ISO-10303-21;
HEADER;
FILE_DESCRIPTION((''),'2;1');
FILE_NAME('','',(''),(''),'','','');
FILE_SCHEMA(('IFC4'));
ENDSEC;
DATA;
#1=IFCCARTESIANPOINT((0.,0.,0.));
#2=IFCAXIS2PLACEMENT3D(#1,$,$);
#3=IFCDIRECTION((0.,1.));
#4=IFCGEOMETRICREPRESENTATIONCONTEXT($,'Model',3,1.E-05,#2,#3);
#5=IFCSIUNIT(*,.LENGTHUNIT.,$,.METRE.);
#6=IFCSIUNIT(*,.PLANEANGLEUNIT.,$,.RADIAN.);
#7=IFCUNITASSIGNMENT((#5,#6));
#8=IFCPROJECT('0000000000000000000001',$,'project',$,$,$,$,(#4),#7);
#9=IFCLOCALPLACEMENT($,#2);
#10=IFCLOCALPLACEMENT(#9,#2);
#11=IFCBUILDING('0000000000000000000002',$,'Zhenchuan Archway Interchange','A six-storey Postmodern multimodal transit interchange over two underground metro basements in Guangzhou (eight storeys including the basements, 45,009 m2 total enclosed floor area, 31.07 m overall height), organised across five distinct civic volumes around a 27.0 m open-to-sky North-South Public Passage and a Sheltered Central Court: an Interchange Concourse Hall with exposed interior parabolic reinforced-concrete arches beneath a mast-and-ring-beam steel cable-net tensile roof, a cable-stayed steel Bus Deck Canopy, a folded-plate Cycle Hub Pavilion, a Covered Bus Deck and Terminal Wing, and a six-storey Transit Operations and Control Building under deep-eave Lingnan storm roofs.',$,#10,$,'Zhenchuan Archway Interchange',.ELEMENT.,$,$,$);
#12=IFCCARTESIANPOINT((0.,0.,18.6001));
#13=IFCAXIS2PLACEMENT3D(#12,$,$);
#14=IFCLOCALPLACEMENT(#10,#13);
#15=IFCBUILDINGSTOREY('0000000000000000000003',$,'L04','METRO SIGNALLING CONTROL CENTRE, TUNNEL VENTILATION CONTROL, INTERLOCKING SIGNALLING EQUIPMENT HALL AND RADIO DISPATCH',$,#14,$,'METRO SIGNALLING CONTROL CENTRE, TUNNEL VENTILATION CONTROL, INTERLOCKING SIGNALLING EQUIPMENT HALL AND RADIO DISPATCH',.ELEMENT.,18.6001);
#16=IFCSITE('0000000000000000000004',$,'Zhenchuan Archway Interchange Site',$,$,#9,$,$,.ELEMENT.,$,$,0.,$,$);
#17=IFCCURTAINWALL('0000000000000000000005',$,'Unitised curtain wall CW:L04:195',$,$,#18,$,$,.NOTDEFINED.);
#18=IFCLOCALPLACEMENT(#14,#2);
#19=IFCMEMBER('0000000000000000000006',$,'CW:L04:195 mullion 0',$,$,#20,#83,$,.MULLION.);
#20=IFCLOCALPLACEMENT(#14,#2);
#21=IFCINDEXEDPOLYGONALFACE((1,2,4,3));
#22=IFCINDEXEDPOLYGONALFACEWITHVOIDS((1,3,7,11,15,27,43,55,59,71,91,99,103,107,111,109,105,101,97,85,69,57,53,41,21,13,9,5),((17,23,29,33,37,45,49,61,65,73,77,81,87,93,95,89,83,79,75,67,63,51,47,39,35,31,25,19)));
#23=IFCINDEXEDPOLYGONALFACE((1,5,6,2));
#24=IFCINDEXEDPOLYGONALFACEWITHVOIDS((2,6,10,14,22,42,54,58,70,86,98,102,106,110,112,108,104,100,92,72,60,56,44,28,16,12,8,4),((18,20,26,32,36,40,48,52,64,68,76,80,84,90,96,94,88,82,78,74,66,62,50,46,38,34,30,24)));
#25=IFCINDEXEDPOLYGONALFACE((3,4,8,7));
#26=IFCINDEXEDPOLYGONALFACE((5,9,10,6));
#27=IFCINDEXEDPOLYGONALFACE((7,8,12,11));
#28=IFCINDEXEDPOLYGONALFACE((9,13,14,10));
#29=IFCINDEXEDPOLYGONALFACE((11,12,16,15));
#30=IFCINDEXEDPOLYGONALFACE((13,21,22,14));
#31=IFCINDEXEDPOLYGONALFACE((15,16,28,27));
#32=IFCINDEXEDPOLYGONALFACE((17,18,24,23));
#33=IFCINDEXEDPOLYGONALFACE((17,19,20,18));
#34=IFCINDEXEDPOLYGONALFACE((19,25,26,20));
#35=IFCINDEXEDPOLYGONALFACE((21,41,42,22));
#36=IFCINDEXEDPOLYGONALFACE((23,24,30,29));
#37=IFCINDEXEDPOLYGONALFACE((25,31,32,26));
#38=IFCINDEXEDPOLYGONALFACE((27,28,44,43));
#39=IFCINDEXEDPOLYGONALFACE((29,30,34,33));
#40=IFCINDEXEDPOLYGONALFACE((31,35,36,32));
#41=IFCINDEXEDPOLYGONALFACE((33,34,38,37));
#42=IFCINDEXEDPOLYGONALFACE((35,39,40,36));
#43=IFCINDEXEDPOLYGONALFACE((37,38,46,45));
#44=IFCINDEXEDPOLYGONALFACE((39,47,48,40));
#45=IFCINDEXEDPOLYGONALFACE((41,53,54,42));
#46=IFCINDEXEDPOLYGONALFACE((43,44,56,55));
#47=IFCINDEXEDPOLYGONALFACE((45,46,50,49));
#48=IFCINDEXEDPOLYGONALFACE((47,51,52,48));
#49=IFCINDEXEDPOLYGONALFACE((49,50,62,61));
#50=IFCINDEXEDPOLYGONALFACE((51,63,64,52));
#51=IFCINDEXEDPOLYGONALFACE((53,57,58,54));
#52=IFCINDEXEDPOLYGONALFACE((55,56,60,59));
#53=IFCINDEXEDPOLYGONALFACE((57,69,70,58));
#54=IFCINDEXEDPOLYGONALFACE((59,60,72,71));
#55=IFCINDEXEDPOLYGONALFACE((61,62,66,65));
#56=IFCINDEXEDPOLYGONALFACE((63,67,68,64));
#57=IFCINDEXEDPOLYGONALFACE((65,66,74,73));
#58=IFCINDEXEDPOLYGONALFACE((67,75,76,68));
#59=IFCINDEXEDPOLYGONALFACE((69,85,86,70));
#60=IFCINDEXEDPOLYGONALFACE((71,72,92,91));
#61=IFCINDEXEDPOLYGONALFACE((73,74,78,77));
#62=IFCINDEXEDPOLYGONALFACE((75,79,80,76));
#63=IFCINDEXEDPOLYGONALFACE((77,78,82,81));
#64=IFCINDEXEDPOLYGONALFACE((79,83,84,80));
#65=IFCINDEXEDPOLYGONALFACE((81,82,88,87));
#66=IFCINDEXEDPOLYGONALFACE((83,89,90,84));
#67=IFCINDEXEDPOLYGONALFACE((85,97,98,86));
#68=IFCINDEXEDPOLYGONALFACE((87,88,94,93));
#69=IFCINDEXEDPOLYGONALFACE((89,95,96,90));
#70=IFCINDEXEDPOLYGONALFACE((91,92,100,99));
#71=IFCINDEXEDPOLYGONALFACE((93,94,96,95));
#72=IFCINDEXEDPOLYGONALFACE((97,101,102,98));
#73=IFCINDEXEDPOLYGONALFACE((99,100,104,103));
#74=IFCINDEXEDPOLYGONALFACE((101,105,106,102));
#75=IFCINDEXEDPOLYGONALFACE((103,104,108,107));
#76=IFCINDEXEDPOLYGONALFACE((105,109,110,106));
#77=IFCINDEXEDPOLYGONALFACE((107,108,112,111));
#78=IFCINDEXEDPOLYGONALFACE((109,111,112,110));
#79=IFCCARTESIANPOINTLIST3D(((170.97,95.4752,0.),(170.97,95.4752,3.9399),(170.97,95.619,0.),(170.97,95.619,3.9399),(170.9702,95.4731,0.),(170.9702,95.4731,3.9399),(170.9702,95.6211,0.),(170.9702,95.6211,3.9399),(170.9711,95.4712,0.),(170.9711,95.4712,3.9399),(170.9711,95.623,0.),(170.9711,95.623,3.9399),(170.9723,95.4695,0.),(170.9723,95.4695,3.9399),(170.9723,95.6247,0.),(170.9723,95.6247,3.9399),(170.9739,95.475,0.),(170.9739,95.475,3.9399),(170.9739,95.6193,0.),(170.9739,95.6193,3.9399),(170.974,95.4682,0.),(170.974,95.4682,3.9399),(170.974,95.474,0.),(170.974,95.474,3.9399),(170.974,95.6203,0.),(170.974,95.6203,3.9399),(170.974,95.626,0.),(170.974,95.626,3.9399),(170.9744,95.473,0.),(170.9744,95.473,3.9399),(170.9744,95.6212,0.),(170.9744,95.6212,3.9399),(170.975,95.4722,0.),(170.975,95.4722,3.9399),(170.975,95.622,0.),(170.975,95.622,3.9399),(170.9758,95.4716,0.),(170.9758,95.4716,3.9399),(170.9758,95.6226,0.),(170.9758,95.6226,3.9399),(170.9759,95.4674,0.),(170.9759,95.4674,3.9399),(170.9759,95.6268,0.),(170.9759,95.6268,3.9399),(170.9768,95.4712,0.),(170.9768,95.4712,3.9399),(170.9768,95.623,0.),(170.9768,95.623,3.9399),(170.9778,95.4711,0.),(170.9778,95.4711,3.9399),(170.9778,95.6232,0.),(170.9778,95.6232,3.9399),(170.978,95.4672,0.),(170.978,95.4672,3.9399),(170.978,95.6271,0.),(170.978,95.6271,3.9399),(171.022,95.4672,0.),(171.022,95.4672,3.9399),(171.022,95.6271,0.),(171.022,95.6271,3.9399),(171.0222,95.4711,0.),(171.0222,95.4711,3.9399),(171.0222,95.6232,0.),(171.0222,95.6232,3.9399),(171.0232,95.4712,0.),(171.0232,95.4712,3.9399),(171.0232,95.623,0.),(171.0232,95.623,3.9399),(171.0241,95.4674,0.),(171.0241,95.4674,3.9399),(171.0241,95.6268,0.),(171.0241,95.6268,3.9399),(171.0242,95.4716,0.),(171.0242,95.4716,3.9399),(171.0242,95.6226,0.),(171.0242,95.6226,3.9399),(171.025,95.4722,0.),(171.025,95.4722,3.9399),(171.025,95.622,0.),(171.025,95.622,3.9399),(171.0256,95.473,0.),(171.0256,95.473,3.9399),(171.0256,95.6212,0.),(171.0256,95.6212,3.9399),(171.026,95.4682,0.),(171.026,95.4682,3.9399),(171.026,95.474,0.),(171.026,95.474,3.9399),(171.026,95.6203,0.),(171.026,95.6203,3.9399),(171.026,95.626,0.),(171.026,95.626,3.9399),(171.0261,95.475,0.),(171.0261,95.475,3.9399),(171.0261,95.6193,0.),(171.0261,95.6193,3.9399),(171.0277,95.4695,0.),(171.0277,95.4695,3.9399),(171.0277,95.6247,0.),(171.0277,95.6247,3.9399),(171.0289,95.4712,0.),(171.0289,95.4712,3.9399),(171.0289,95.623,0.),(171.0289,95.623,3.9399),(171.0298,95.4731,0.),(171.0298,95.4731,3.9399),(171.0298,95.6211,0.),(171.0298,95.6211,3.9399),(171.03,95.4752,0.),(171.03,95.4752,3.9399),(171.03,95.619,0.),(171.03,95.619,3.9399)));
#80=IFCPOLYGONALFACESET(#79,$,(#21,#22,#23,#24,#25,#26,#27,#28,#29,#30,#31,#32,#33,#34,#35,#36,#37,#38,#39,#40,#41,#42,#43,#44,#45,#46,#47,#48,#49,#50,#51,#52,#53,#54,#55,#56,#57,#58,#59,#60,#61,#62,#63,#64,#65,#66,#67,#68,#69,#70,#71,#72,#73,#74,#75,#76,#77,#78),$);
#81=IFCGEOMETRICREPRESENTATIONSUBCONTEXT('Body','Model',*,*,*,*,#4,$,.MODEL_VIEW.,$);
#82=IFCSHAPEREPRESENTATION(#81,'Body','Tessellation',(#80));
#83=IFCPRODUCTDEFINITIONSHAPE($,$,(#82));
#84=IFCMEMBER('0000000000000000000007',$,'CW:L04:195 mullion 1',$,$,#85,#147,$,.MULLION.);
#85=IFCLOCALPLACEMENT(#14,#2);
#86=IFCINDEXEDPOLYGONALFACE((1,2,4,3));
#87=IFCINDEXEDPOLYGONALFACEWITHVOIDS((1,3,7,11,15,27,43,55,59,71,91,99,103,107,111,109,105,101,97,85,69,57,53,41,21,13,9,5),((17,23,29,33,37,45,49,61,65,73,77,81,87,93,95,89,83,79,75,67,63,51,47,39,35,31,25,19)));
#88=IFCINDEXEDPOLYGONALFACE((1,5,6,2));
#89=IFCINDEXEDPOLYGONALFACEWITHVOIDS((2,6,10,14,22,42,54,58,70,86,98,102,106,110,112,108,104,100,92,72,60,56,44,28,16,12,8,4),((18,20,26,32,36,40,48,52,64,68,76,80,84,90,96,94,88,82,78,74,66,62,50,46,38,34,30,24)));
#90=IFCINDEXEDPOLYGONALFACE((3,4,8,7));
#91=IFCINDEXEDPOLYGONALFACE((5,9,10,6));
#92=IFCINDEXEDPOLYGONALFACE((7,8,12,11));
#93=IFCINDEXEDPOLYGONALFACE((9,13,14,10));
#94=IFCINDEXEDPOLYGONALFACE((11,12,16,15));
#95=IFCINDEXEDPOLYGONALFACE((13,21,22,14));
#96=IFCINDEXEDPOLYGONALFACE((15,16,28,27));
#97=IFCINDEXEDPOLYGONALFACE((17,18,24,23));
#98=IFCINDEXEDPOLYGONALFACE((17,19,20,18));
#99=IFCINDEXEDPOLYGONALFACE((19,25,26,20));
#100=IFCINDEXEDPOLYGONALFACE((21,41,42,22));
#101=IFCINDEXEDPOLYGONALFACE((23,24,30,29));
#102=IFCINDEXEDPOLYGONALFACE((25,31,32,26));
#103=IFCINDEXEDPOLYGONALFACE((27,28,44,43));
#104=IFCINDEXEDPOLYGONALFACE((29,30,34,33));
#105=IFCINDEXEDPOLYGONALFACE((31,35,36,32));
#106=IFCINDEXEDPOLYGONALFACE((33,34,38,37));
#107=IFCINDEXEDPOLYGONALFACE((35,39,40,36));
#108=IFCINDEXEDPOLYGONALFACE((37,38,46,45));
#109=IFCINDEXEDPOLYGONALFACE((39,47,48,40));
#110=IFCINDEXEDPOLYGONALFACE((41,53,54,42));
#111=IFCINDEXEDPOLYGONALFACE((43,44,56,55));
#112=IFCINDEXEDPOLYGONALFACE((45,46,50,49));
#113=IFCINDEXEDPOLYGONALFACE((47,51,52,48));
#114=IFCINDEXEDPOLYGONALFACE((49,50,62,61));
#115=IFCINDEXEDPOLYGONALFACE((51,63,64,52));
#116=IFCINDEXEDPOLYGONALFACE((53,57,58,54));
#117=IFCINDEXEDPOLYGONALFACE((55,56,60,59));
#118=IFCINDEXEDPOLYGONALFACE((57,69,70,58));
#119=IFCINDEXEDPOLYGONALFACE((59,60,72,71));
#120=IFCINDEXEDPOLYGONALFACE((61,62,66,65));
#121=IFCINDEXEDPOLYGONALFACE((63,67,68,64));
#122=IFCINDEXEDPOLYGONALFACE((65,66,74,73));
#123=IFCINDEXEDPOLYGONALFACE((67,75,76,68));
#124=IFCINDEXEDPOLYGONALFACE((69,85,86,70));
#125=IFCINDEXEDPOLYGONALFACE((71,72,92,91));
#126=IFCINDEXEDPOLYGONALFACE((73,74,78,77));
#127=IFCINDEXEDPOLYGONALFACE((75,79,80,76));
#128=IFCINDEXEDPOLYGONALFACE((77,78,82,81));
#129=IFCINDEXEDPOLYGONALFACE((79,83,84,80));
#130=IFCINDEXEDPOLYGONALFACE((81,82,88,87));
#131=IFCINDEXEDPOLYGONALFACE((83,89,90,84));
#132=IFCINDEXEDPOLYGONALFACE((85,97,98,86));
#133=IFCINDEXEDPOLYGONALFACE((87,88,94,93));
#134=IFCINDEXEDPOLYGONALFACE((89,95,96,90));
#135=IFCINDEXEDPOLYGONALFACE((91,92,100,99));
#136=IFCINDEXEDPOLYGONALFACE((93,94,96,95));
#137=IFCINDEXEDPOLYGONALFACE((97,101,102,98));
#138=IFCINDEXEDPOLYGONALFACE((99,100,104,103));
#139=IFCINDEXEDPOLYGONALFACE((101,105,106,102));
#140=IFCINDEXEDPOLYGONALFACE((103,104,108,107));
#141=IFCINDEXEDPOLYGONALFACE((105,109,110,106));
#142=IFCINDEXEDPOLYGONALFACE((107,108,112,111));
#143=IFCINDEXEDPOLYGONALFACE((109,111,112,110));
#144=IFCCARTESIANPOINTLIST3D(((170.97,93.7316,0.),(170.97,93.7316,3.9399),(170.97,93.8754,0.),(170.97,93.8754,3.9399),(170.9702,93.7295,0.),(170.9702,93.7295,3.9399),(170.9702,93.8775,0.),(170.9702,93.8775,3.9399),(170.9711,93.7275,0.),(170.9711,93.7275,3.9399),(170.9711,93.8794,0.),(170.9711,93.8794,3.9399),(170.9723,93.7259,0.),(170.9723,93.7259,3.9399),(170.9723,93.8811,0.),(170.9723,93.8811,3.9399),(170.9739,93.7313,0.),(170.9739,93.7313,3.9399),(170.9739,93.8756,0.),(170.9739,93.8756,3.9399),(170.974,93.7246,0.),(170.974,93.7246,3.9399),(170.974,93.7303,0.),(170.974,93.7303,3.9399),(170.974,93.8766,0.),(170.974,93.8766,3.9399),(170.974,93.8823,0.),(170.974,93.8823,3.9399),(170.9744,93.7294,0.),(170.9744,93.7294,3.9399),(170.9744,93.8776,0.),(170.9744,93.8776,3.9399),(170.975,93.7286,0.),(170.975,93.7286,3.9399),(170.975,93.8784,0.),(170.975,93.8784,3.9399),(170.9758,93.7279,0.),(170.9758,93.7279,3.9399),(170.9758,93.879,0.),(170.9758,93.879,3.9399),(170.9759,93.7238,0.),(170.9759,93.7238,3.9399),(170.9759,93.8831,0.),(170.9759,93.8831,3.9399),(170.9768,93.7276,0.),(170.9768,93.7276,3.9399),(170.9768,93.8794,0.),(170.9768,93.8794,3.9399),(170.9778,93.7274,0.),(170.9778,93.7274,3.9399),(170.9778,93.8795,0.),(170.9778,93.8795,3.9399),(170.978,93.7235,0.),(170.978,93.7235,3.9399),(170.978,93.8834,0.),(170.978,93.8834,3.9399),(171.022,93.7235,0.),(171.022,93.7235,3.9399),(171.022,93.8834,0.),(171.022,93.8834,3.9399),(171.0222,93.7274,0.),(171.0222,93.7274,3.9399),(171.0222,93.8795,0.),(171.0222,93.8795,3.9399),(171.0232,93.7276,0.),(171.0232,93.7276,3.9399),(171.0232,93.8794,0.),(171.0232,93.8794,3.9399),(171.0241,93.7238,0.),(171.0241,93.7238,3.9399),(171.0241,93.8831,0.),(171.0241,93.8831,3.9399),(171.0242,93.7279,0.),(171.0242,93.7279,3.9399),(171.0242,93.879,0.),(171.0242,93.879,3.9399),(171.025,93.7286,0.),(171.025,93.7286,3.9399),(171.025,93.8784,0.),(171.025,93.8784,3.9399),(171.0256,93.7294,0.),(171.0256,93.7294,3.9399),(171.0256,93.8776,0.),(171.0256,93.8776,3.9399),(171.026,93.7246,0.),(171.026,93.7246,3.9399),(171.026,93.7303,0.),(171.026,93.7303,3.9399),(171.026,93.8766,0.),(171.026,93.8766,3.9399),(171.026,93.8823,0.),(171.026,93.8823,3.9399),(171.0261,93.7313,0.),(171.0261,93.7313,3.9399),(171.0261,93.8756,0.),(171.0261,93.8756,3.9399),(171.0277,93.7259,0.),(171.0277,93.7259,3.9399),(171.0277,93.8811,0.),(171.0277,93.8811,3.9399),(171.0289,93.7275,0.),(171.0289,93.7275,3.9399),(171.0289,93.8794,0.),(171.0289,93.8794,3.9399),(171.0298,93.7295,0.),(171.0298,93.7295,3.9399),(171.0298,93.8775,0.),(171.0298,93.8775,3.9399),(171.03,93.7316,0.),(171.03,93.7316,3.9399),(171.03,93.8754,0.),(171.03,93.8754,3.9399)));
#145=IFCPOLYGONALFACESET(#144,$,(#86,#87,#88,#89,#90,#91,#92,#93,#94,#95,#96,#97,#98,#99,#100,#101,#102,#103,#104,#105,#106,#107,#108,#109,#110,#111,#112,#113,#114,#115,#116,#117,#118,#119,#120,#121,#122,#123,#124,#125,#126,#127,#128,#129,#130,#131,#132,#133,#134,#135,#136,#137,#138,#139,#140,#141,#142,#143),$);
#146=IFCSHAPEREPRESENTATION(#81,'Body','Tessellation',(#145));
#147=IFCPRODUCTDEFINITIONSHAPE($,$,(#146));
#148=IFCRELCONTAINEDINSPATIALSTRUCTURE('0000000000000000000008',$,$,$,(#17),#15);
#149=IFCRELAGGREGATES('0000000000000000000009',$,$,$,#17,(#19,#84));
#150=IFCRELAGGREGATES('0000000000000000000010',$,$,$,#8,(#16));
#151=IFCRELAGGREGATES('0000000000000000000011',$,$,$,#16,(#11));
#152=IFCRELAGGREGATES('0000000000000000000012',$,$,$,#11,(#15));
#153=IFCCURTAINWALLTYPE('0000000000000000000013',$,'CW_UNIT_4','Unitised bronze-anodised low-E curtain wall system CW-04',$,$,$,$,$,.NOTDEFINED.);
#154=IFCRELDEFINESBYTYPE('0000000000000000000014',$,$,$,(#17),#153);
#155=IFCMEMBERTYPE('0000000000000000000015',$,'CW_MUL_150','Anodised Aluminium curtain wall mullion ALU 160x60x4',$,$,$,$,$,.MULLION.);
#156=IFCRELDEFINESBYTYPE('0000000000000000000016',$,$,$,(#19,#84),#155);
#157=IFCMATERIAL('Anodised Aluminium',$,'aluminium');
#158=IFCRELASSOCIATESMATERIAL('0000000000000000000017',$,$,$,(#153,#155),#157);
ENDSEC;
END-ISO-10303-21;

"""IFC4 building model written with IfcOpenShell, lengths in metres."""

from ifc_helpers import new_model, si_unit, direction, frame, origin, origin_2d, place, context, subcontext, project, spatial, hollow_rectangle, extrude, material, material_profile, profile_set, type_object, element, aggregate, save


model = new_model("IFC4")

# Units and contexts
model_context = context("Model", 3, precision=1e-05, world=origin(), true_north=direction((0.0, 1.0)))
body_context = subcontext(model_context, "Body", "Model", "MODEL_VIEW")
ifc_project = project(units=[si_unit("LENGTHUNIT", "METRE"), si_unit("PLANEANGLEUNIT", "RADIAN")], contexts=[model_context])

# Site, building, storey
site_placement = place(None, origin())
site = spatial("IfcSite", under=ifc_project, at=site_placement, Name="Zhenchuan Archway Interchange Site", CompositionType="ELEMENT", RefElevation=0.0)
building_placement = place(site_placement, origin())
building = spatial("IfcBuilding", under=site, at=building_placement, Name="Zhenchuan Archway Interchange", Description="A six-storey Postmodern multimodal transit interchange over two underground metro basements in Guangzhou (eight storeys including the basements, 45,009 m2 total enclosed floor area, 31.07 m overall height), organised across five distinct civic volumes around a 27.0 m open-to-sky North-South Public Passage and a Sheltered Central Court: an Interchange Concourse Hall with exposed interior parabolic reinforced-concrete arches beneath a mast-and-ring-beam steel cable-net tensile roof, a cable-stayed steel Bus Deck Canopy, a folded-plate Cycle Hub Pavilion, a Covered Bus Deck and Terminal Wing, and a six-storey Transit Operations and Control Building under deep-eave Lingnan storm roofs.", LongName="Zhenchuan Archway Interchange", CompositionType="ELEMENT")
storey_placement = place(building_placement, frame((0.0, 0.0, 18.6001)))
storey = spatial("IfcBuildingStorey", under=building, at=storey_placement, Name="L04", Description="METRO SIGNALLING CONTROL CENTRE, TUNNEL VENTILATION CONTROL, INTERLOCKING SIGNALLING EQUIPMENT HALL AND RADIO DISPATCH", LongName="METRO SIGNALLING CONTROL CENTRE, TUNNEL VENTILATION CONTROL, INTERLOCKING SIGNALLING EQUIPMENT HALL AND RADIO DISPATCH", CompositionType="ELEMENT", Elevation=18.6001)

# Curtain wall, members
ifc_material_1 = material(Name="Anodised Aluminium", Category="aluminium")
curtain_wall_type = type_object("IfcCurtainWallType", Name="CW_UNIT_4", Description="Unitised bronze-anodised low-E curtain wall system CW-04", PredefinedType="NOTDEFINED", material=ifc_material_1)
curtain_wall_placement = place(storey_placement, origin())
curtain_wall = element("IfcCurtainWall", 1, at=curtain_wall_placement, inside=storey, type_object=curtain_wall_type, Name="Unitised curtain wall CW:L04:195", PredefinedType="NOTDEFINED")
ifc_material_profile_1 = material_profile(ifc_material_1, hollow_rectangle(XDim=0.0601, YDim=0.1599, WallThickness=0.0039, InnerFilletRadius=0.0039, OuterFilletRadius=0.0081, at=origin_2d()), Name="ALU 160x60x4")
ifc_profile_set_1 = profile_set([ifc_material_profile_1], Name="Anodised Aluminium")
member_type_1 = type_object("IfcMemberType", Name="CW_MUL_150", Description="Anodised Aluminium curtain wall mullion ALU 160x60x4", PredefinedType="MULLION", material=ifc_profile_set_1)
member_1_placement = place(storey_placement, frame((171.0, 95.5471, 0.0), z_axis=(0.0, 0.0, 1.0), x_axis=(1.0, 0.0, 0.0)))
member_1 = element("IfcMember", 2, at=member_1_placement, type_object=member_type_1, Name="CW:L04:195 mullion 0", PredefinedType="MULLION", context=body_context, shape_type="SweptSolid", body=[
    extrude(hollow_rectangle(XDim=0.0601, YDim=0.1599, WallThickness=0.0039, InnerFilletRadius=0.0039, OuterFilletRadius=0.0081, at=origin_2d()), origin(), (0.0, 0.0, 1.0), 3.9399),
])
member_2_placement = place(storey_placement, frame((171.0, 93.8035, 0.0), z_axis=(0.0, 0.0, 1.0), x_axis=(1.0, 0.0, 0.0)))
member_2 = element("IfcMember", 3, at=member_2_placement, type_object=member_type_1, Name="CW:L04:195 mullion 1", PredefinedType="MULLION", context=body_context, shape_type="SweptSolid", body=[
    extrude(hollow_rectangle(XDim=0.0601, YDim=0.1599, WallThickness=0.0039, InnerFilletRadius=0.0039, OuterFilletRadius=0.0081, at=origin_2d()), origin(), (0.0, 0.0, 1.0), 3.9399),
])
aggregate(curtain_wall, [member_1, member_2])

save(model, "model.ifc")
